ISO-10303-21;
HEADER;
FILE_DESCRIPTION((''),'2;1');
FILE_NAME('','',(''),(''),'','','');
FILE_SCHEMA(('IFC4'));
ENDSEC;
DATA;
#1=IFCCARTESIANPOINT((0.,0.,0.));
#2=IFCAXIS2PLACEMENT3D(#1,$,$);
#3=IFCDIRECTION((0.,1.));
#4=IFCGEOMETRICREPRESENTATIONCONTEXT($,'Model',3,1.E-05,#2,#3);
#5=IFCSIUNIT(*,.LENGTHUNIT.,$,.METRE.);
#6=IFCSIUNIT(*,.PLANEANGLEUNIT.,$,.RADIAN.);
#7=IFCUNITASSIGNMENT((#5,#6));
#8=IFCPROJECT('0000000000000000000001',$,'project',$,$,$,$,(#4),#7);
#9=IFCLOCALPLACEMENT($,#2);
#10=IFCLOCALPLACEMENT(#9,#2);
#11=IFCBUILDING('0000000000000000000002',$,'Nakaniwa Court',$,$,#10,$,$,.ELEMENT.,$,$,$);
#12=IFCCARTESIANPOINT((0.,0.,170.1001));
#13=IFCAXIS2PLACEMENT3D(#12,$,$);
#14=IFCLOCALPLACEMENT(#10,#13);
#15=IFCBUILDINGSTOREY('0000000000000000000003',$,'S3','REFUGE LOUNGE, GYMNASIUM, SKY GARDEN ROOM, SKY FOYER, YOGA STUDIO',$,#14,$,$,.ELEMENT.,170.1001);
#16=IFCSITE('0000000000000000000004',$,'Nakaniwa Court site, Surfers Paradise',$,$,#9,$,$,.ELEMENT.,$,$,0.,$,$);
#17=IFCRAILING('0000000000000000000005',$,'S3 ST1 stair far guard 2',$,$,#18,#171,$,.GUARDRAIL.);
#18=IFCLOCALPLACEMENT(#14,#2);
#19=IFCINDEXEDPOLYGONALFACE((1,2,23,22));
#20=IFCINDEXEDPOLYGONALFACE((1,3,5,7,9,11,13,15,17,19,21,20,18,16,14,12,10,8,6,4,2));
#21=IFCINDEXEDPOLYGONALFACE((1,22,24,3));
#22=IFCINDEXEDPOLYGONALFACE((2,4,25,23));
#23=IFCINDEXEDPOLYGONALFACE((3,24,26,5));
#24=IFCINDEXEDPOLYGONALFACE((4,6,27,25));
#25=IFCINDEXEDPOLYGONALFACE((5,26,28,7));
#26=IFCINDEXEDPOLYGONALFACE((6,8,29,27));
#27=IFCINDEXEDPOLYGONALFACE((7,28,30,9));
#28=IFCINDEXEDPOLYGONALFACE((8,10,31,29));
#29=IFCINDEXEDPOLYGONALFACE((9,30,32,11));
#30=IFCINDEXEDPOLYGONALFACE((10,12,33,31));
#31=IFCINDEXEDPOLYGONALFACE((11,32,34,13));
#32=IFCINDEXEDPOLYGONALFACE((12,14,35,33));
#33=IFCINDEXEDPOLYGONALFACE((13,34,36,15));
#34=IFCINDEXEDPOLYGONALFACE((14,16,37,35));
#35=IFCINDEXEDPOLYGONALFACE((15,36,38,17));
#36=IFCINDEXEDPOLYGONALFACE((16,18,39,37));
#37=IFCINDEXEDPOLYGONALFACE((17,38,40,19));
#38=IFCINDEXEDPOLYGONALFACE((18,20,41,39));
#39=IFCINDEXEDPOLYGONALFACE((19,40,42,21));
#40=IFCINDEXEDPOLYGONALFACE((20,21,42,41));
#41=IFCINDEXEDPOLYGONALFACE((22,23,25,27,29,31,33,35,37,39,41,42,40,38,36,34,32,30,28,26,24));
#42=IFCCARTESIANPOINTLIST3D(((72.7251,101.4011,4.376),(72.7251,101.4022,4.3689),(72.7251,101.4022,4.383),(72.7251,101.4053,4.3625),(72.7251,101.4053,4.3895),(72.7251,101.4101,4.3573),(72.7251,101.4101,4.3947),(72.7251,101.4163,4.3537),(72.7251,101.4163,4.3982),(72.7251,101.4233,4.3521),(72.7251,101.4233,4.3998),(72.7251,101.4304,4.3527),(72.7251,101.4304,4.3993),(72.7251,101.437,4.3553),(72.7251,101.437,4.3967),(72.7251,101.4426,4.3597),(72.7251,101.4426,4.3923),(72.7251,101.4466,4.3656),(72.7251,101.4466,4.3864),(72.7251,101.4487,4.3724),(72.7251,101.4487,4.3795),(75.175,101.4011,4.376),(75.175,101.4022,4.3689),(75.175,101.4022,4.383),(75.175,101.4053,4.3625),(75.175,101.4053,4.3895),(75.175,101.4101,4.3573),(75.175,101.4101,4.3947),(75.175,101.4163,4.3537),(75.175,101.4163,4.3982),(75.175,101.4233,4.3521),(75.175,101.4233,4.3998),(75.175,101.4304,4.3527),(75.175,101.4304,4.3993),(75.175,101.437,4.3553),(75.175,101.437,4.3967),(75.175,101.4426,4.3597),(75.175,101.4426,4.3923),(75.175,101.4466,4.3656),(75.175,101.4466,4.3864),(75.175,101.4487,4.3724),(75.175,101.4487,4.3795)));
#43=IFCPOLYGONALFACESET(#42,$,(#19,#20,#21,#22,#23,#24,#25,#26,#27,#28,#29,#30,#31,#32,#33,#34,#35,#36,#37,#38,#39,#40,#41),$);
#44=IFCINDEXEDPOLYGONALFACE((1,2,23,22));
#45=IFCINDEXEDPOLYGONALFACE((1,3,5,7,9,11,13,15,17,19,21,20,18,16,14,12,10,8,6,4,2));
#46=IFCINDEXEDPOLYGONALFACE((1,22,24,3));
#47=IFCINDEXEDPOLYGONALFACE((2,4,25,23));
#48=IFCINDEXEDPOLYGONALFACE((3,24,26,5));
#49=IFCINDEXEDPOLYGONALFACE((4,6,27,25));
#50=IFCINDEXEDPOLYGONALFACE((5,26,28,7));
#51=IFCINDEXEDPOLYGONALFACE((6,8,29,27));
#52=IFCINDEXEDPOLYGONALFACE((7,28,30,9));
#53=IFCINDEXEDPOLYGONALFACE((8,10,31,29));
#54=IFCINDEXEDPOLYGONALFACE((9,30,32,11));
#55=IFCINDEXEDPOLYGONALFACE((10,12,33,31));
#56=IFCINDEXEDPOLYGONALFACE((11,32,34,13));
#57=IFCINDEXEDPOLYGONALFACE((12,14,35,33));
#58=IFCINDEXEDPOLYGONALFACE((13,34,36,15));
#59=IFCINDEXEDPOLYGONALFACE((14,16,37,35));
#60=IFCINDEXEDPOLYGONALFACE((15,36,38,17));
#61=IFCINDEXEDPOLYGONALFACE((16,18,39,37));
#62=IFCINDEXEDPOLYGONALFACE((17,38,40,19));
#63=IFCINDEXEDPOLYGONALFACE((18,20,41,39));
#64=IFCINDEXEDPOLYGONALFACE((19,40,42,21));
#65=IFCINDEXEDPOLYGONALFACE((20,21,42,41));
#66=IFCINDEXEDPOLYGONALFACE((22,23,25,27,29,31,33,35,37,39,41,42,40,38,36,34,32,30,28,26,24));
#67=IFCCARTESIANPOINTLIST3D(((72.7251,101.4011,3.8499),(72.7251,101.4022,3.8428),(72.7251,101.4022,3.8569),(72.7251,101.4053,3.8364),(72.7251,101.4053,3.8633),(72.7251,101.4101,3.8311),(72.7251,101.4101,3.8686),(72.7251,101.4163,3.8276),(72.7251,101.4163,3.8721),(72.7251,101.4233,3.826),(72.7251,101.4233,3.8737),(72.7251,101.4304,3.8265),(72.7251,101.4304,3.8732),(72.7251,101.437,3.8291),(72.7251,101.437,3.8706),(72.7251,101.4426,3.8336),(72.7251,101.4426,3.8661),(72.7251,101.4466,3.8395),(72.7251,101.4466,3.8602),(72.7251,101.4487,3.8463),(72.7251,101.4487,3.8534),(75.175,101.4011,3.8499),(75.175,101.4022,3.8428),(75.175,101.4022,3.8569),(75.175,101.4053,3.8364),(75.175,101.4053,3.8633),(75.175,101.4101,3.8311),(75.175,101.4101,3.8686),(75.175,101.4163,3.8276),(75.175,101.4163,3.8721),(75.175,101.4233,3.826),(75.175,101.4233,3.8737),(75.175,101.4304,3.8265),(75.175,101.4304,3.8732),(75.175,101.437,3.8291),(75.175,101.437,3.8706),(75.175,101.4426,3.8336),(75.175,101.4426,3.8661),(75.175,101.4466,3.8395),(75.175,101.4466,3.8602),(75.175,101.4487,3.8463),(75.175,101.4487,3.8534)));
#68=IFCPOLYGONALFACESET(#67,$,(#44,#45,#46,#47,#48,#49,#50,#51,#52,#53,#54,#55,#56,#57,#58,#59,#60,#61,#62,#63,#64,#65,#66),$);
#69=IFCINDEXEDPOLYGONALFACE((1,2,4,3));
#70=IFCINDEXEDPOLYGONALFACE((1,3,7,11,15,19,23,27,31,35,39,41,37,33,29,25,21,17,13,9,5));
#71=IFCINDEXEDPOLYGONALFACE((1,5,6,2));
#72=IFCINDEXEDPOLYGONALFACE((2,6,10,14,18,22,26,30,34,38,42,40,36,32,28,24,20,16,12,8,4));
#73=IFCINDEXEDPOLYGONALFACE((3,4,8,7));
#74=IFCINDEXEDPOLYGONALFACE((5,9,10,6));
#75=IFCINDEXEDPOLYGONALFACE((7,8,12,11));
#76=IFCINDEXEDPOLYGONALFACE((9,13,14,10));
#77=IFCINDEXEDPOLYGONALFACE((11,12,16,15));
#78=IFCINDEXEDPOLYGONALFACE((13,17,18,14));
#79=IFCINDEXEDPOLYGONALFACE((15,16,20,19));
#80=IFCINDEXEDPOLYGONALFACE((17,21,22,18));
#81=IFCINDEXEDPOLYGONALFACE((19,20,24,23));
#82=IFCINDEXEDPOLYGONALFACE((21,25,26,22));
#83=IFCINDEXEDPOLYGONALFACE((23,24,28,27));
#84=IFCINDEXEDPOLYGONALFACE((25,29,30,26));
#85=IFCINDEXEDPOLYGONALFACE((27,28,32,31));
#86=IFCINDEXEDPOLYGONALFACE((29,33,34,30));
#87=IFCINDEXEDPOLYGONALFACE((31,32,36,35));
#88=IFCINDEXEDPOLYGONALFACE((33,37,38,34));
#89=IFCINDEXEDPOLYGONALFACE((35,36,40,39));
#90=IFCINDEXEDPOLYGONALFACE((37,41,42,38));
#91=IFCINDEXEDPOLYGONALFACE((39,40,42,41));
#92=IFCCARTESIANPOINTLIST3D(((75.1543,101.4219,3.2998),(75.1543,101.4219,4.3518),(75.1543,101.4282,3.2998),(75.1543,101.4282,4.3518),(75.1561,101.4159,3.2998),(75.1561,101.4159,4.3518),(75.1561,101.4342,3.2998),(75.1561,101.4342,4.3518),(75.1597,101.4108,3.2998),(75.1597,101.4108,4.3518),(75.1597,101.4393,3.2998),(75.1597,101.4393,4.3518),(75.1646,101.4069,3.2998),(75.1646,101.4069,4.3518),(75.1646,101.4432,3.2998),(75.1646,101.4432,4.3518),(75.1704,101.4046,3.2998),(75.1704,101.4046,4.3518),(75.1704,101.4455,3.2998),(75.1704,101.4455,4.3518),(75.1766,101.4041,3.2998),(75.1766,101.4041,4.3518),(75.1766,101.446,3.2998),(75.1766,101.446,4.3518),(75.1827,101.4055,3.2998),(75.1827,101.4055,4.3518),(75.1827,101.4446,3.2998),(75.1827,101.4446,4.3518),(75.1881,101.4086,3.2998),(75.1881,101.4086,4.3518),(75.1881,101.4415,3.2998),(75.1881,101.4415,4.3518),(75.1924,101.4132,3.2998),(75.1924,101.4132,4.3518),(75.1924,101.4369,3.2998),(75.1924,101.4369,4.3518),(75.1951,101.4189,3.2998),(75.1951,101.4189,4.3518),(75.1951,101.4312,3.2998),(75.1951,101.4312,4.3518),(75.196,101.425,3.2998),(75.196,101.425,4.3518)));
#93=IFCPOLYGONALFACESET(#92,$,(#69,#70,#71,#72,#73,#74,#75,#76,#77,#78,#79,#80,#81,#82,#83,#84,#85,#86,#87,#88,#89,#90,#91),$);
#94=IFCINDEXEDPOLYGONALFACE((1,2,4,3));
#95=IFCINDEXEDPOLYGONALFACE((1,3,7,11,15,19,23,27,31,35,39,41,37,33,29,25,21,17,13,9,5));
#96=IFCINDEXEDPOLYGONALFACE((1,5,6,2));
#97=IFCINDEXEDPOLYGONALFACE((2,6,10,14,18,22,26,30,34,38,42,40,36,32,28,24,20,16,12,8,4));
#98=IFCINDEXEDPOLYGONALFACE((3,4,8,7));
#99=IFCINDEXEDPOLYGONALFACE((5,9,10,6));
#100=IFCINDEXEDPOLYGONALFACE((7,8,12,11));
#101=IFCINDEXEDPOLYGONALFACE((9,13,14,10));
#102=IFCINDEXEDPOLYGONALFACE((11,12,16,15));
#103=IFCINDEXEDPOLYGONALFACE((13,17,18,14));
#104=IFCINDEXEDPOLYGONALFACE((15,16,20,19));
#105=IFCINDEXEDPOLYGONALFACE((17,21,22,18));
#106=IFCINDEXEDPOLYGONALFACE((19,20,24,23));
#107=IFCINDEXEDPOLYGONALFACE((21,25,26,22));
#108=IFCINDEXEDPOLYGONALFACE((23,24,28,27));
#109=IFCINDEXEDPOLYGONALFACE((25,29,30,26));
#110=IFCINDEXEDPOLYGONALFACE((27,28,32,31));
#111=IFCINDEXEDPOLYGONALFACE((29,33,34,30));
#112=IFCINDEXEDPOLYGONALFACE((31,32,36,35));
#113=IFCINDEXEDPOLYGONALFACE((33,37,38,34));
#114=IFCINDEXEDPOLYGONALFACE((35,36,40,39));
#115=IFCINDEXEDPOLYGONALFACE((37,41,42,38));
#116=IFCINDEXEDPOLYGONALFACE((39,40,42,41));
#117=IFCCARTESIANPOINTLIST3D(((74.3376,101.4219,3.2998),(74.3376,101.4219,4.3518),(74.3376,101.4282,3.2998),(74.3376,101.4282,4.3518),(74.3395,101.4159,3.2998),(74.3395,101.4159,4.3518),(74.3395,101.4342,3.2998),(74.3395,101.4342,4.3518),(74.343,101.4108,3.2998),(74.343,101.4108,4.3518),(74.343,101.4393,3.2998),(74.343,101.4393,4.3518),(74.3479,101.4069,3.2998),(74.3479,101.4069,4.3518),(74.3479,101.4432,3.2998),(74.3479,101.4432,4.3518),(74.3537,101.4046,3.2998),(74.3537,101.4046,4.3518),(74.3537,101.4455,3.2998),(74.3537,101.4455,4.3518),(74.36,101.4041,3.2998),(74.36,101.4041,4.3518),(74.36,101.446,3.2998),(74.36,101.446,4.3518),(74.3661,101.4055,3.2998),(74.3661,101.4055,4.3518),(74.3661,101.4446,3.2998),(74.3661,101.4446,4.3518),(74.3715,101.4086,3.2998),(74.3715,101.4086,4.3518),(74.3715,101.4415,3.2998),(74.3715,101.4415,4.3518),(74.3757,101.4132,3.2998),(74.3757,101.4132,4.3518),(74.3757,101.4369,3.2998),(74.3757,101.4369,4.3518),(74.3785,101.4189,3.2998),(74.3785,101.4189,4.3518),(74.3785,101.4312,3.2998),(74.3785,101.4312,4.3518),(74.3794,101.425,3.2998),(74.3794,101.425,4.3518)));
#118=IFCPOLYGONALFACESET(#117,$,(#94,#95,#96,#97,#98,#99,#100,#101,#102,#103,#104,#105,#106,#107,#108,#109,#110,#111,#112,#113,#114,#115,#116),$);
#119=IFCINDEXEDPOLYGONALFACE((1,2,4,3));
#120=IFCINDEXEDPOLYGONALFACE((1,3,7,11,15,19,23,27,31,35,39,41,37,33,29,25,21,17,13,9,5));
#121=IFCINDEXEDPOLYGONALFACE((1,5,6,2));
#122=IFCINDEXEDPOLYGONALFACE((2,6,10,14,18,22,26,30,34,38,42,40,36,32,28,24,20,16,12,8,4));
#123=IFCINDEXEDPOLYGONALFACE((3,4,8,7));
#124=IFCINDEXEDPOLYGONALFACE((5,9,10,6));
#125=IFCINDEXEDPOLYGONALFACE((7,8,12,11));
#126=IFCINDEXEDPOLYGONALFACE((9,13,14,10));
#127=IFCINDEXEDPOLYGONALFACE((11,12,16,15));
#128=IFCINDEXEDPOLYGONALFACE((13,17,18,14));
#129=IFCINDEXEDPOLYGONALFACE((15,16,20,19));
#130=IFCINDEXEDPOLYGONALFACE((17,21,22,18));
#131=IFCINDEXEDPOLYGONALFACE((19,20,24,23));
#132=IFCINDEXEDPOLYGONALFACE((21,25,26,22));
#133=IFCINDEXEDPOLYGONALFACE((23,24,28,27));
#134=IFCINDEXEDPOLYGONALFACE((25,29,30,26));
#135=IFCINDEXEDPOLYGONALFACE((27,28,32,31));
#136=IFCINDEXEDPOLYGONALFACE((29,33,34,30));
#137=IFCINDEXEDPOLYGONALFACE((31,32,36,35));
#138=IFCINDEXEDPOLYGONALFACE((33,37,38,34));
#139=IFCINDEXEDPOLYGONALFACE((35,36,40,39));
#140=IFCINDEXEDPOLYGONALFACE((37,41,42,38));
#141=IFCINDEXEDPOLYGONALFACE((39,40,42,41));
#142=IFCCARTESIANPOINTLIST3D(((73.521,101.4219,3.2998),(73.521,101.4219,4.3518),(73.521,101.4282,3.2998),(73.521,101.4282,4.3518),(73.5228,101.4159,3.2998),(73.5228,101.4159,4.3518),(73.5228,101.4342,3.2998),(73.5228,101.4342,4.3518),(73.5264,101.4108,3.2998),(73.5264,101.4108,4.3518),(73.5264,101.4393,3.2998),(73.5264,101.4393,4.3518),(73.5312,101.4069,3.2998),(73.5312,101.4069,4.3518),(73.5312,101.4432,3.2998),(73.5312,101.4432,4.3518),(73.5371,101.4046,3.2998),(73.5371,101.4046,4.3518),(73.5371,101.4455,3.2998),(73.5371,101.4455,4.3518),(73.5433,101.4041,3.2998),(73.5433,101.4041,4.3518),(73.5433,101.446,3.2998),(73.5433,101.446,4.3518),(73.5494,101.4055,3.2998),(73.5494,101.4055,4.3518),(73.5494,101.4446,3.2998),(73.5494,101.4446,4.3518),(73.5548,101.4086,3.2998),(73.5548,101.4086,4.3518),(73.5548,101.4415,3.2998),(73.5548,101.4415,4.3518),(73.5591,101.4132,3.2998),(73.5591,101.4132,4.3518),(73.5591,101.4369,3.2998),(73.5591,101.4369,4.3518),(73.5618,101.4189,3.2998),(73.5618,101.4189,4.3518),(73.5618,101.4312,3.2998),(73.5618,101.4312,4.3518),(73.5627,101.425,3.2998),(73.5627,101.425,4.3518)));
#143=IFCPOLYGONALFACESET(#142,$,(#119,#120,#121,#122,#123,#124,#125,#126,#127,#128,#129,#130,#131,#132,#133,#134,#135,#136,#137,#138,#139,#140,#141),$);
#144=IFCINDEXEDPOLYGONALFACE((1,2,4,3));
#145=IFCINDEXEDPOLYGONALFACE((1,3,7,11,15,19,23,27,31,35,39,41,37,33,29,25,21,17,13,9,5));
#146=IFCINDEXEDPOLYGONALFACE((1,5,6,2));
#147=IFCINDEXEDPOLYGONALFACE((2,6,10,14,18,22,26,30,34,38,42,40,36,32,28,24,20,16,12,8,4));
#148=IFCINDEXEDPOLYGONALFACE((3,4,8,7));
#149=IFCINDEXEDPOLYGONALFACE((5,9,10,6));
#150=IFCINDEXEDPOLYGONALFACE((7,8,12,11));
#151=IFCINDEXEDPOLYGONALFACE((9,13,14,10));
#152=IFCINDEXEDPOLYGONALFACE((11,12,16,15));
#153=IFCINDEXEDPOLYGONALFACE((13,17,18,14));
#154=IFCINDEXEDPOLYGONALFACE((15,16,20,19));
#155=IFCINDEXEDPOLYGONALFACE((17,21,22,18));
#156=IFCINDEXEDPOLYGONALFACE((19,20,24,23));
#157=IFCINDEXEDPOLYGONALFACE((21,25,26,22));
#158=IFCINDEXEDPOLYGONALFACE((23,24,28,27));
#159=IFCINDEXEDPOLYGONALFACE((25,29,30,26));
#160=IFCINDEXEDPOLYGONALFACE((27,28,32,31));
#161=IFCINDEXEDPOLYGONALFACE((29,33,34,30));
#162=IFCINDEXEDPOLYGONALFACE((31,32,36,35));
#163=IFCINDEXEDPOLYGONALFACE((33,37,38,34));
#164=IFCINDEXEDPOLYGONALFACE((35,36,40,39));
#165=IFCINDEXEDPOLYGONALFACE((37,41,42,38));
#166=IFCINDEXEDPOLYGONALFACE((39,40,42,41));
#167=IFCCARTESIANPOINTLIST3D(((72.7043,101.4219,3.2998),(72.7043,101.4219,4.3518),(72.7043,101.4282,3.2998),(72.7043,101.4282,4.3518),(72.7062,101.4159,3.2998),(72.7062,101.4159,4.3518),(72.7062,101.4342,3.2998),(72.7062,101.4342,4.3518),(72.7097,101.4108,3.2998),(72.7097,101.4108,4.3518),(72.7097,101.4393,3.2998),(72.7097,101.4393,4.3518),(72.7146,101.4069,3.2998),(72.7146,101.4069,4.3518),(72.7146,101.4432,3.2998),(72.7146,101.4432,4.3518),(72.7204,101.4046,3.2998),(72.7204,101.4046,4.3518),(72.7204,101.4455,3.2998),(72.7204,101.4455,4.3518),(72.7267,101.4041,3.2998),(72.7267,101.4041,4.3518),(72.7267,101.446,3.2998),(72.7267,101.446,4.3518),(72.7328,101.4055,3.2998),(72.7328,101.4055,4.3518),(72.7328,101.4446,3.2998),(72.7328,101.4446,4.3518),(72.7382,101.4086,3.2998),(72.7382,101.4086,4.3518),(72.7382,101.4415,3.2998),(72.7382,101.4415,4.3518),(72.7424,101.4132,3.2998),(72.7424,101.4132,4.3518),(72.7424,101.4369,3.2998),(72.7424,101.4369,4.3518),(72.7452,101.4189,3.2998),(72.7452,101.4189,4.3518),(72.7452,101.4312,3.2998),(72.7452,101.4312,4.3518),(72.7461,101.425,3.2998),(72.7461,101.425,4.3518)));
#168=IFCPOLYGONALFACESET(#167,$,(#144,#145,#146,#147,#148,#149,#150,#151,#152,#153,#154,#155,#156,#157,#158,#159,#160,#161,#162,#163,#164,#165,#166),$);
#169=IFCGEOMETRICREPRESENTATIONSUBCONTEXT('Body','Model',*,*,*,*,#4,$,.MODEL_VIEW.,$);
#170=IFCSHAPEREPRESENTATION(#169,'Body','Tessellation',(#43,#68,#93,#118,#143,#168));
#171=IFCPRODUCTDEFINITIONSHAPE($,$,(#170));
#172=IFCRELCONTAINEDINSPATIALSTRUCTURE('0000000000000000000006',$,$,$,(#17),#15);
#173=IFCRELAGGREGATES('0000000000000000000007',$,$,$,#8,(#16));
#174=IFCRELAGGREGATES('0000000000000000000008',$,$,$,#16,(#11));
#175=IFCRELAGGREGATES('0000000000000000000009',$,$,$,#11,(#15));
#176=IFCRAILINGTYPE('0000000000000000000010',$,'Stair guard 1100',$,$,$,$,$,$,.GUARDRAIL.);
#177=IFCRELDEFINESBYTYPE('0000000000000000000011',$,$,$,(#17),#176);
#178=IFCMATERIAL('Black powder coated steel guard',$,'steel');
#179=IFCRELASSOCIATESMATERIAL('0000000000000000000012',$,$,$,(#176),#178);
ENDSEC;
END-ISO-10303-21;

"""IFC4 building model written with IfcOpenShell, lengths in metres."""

from ifc_helpers import new_model, si_unit, direction, frame, origin, origin_2d, place, context, subcontext, project, spatial, circle, extrude, material, type_object, element, save


model = new_model("IFC4")

# Units and contexts
model_context = context("Model", 3, precision=1e-05, world=origin(), true_north=direction((0.0, 1.0)))
body_context = subcontext(model_context, "Body", "Model", "MODEL_VIEW")
ifc_project = project(units=[si_unit("LENGTHUNIT", "METRE"), si_unit("PLANEANGLEUNIT", "RADIAN")], contexts=[model_context])

# Site, building, storey
site_placement = place(None, origin())
site = spatial("IfcSite", under=ifc_project, at=site_placement, Name="Nakaniwa Court site, Surfers Paradise", CompositionType="ELEMENT", RefElevation=0.0)
building_placement = place(site_placement, origin())
building = spatial("IfcBuilding", under=site, at=building_placement, Name="Nakaniwa Court", CompositionType="ELEMENT")
storey_placement = place(building_placement, frame((0.0, 0.0, 170.1001)))
storey = spatial("IfcBuildingStorey", under=building, at=storey_placement, Name="S3", Description="REFUGE LOUNGE, GYMNASIUM, SKY GARDEN ROOM, SKY FOYER, YOGA STUDIO", CompositionType="ELEMENT", Elevation=170.1001)

# Railing
ifc_material_1 = material(Name="Black powder coated steel guard", Category="steel")
railing_type_1 = type_object("IfcRailingType", Name="Stair guard 1100", PredefinedType="GUARDRAIL", material=ifc_material_1)
for number, where, name in (
    (1, (75.175, 101.425, 3.2998), "S3 ST1 stair far guard 2"),
):
    element("IfcRailing", number, at=place(storey_placement, frame(where)), inside=storey, type_object=railing_type_1, Name=name, PredefinedType="GUARDRAIL", context=body_context, shape_type="SweptSolid", body=[
        extrude(circle(Radius=0.0239, at=origin_2d()), frame((0.0, 0.0, 1.0762), z_axis=(-1.0, 0.0, 0.0), x_axis=(0.0, -1.0, 0.0)), (0.0, 0.0, 1.0), 2.45),
        extrude(circle(Radius=0.0239, at=origin_2d()), frame((0.0, 0.0, 0.55), z_axis=(-1.0, 0.0, 0.0), x_axis=(0.0, -1.0, 0.0)), (0.0, 0.0, 1.0), 2.45),
        extrude(circle(Radius=0.021, at=origin_2d()), origin(), (0.0, 0.0, 1.0), 1.052),
        extrude(circle(Radius=0.021, at=origin_2d()), frame((-0.8167, 0.0, 0.0)), (0.0, 0.0, 1.0), 1.052),
        extrude(circle(Radius=0.021, at=origin_2d()), frame((-1.6333, 0.0, 0.0)), (0.0, 0.0, 1.0), 1.052),
        extrude(circle(Radius=0.021, at=origin_2d()), frame((-2.45, 0.0, 0.0)), (0.0, 0.0, 1.0), 1.052),
    ])

save(model, "model.ifc")
